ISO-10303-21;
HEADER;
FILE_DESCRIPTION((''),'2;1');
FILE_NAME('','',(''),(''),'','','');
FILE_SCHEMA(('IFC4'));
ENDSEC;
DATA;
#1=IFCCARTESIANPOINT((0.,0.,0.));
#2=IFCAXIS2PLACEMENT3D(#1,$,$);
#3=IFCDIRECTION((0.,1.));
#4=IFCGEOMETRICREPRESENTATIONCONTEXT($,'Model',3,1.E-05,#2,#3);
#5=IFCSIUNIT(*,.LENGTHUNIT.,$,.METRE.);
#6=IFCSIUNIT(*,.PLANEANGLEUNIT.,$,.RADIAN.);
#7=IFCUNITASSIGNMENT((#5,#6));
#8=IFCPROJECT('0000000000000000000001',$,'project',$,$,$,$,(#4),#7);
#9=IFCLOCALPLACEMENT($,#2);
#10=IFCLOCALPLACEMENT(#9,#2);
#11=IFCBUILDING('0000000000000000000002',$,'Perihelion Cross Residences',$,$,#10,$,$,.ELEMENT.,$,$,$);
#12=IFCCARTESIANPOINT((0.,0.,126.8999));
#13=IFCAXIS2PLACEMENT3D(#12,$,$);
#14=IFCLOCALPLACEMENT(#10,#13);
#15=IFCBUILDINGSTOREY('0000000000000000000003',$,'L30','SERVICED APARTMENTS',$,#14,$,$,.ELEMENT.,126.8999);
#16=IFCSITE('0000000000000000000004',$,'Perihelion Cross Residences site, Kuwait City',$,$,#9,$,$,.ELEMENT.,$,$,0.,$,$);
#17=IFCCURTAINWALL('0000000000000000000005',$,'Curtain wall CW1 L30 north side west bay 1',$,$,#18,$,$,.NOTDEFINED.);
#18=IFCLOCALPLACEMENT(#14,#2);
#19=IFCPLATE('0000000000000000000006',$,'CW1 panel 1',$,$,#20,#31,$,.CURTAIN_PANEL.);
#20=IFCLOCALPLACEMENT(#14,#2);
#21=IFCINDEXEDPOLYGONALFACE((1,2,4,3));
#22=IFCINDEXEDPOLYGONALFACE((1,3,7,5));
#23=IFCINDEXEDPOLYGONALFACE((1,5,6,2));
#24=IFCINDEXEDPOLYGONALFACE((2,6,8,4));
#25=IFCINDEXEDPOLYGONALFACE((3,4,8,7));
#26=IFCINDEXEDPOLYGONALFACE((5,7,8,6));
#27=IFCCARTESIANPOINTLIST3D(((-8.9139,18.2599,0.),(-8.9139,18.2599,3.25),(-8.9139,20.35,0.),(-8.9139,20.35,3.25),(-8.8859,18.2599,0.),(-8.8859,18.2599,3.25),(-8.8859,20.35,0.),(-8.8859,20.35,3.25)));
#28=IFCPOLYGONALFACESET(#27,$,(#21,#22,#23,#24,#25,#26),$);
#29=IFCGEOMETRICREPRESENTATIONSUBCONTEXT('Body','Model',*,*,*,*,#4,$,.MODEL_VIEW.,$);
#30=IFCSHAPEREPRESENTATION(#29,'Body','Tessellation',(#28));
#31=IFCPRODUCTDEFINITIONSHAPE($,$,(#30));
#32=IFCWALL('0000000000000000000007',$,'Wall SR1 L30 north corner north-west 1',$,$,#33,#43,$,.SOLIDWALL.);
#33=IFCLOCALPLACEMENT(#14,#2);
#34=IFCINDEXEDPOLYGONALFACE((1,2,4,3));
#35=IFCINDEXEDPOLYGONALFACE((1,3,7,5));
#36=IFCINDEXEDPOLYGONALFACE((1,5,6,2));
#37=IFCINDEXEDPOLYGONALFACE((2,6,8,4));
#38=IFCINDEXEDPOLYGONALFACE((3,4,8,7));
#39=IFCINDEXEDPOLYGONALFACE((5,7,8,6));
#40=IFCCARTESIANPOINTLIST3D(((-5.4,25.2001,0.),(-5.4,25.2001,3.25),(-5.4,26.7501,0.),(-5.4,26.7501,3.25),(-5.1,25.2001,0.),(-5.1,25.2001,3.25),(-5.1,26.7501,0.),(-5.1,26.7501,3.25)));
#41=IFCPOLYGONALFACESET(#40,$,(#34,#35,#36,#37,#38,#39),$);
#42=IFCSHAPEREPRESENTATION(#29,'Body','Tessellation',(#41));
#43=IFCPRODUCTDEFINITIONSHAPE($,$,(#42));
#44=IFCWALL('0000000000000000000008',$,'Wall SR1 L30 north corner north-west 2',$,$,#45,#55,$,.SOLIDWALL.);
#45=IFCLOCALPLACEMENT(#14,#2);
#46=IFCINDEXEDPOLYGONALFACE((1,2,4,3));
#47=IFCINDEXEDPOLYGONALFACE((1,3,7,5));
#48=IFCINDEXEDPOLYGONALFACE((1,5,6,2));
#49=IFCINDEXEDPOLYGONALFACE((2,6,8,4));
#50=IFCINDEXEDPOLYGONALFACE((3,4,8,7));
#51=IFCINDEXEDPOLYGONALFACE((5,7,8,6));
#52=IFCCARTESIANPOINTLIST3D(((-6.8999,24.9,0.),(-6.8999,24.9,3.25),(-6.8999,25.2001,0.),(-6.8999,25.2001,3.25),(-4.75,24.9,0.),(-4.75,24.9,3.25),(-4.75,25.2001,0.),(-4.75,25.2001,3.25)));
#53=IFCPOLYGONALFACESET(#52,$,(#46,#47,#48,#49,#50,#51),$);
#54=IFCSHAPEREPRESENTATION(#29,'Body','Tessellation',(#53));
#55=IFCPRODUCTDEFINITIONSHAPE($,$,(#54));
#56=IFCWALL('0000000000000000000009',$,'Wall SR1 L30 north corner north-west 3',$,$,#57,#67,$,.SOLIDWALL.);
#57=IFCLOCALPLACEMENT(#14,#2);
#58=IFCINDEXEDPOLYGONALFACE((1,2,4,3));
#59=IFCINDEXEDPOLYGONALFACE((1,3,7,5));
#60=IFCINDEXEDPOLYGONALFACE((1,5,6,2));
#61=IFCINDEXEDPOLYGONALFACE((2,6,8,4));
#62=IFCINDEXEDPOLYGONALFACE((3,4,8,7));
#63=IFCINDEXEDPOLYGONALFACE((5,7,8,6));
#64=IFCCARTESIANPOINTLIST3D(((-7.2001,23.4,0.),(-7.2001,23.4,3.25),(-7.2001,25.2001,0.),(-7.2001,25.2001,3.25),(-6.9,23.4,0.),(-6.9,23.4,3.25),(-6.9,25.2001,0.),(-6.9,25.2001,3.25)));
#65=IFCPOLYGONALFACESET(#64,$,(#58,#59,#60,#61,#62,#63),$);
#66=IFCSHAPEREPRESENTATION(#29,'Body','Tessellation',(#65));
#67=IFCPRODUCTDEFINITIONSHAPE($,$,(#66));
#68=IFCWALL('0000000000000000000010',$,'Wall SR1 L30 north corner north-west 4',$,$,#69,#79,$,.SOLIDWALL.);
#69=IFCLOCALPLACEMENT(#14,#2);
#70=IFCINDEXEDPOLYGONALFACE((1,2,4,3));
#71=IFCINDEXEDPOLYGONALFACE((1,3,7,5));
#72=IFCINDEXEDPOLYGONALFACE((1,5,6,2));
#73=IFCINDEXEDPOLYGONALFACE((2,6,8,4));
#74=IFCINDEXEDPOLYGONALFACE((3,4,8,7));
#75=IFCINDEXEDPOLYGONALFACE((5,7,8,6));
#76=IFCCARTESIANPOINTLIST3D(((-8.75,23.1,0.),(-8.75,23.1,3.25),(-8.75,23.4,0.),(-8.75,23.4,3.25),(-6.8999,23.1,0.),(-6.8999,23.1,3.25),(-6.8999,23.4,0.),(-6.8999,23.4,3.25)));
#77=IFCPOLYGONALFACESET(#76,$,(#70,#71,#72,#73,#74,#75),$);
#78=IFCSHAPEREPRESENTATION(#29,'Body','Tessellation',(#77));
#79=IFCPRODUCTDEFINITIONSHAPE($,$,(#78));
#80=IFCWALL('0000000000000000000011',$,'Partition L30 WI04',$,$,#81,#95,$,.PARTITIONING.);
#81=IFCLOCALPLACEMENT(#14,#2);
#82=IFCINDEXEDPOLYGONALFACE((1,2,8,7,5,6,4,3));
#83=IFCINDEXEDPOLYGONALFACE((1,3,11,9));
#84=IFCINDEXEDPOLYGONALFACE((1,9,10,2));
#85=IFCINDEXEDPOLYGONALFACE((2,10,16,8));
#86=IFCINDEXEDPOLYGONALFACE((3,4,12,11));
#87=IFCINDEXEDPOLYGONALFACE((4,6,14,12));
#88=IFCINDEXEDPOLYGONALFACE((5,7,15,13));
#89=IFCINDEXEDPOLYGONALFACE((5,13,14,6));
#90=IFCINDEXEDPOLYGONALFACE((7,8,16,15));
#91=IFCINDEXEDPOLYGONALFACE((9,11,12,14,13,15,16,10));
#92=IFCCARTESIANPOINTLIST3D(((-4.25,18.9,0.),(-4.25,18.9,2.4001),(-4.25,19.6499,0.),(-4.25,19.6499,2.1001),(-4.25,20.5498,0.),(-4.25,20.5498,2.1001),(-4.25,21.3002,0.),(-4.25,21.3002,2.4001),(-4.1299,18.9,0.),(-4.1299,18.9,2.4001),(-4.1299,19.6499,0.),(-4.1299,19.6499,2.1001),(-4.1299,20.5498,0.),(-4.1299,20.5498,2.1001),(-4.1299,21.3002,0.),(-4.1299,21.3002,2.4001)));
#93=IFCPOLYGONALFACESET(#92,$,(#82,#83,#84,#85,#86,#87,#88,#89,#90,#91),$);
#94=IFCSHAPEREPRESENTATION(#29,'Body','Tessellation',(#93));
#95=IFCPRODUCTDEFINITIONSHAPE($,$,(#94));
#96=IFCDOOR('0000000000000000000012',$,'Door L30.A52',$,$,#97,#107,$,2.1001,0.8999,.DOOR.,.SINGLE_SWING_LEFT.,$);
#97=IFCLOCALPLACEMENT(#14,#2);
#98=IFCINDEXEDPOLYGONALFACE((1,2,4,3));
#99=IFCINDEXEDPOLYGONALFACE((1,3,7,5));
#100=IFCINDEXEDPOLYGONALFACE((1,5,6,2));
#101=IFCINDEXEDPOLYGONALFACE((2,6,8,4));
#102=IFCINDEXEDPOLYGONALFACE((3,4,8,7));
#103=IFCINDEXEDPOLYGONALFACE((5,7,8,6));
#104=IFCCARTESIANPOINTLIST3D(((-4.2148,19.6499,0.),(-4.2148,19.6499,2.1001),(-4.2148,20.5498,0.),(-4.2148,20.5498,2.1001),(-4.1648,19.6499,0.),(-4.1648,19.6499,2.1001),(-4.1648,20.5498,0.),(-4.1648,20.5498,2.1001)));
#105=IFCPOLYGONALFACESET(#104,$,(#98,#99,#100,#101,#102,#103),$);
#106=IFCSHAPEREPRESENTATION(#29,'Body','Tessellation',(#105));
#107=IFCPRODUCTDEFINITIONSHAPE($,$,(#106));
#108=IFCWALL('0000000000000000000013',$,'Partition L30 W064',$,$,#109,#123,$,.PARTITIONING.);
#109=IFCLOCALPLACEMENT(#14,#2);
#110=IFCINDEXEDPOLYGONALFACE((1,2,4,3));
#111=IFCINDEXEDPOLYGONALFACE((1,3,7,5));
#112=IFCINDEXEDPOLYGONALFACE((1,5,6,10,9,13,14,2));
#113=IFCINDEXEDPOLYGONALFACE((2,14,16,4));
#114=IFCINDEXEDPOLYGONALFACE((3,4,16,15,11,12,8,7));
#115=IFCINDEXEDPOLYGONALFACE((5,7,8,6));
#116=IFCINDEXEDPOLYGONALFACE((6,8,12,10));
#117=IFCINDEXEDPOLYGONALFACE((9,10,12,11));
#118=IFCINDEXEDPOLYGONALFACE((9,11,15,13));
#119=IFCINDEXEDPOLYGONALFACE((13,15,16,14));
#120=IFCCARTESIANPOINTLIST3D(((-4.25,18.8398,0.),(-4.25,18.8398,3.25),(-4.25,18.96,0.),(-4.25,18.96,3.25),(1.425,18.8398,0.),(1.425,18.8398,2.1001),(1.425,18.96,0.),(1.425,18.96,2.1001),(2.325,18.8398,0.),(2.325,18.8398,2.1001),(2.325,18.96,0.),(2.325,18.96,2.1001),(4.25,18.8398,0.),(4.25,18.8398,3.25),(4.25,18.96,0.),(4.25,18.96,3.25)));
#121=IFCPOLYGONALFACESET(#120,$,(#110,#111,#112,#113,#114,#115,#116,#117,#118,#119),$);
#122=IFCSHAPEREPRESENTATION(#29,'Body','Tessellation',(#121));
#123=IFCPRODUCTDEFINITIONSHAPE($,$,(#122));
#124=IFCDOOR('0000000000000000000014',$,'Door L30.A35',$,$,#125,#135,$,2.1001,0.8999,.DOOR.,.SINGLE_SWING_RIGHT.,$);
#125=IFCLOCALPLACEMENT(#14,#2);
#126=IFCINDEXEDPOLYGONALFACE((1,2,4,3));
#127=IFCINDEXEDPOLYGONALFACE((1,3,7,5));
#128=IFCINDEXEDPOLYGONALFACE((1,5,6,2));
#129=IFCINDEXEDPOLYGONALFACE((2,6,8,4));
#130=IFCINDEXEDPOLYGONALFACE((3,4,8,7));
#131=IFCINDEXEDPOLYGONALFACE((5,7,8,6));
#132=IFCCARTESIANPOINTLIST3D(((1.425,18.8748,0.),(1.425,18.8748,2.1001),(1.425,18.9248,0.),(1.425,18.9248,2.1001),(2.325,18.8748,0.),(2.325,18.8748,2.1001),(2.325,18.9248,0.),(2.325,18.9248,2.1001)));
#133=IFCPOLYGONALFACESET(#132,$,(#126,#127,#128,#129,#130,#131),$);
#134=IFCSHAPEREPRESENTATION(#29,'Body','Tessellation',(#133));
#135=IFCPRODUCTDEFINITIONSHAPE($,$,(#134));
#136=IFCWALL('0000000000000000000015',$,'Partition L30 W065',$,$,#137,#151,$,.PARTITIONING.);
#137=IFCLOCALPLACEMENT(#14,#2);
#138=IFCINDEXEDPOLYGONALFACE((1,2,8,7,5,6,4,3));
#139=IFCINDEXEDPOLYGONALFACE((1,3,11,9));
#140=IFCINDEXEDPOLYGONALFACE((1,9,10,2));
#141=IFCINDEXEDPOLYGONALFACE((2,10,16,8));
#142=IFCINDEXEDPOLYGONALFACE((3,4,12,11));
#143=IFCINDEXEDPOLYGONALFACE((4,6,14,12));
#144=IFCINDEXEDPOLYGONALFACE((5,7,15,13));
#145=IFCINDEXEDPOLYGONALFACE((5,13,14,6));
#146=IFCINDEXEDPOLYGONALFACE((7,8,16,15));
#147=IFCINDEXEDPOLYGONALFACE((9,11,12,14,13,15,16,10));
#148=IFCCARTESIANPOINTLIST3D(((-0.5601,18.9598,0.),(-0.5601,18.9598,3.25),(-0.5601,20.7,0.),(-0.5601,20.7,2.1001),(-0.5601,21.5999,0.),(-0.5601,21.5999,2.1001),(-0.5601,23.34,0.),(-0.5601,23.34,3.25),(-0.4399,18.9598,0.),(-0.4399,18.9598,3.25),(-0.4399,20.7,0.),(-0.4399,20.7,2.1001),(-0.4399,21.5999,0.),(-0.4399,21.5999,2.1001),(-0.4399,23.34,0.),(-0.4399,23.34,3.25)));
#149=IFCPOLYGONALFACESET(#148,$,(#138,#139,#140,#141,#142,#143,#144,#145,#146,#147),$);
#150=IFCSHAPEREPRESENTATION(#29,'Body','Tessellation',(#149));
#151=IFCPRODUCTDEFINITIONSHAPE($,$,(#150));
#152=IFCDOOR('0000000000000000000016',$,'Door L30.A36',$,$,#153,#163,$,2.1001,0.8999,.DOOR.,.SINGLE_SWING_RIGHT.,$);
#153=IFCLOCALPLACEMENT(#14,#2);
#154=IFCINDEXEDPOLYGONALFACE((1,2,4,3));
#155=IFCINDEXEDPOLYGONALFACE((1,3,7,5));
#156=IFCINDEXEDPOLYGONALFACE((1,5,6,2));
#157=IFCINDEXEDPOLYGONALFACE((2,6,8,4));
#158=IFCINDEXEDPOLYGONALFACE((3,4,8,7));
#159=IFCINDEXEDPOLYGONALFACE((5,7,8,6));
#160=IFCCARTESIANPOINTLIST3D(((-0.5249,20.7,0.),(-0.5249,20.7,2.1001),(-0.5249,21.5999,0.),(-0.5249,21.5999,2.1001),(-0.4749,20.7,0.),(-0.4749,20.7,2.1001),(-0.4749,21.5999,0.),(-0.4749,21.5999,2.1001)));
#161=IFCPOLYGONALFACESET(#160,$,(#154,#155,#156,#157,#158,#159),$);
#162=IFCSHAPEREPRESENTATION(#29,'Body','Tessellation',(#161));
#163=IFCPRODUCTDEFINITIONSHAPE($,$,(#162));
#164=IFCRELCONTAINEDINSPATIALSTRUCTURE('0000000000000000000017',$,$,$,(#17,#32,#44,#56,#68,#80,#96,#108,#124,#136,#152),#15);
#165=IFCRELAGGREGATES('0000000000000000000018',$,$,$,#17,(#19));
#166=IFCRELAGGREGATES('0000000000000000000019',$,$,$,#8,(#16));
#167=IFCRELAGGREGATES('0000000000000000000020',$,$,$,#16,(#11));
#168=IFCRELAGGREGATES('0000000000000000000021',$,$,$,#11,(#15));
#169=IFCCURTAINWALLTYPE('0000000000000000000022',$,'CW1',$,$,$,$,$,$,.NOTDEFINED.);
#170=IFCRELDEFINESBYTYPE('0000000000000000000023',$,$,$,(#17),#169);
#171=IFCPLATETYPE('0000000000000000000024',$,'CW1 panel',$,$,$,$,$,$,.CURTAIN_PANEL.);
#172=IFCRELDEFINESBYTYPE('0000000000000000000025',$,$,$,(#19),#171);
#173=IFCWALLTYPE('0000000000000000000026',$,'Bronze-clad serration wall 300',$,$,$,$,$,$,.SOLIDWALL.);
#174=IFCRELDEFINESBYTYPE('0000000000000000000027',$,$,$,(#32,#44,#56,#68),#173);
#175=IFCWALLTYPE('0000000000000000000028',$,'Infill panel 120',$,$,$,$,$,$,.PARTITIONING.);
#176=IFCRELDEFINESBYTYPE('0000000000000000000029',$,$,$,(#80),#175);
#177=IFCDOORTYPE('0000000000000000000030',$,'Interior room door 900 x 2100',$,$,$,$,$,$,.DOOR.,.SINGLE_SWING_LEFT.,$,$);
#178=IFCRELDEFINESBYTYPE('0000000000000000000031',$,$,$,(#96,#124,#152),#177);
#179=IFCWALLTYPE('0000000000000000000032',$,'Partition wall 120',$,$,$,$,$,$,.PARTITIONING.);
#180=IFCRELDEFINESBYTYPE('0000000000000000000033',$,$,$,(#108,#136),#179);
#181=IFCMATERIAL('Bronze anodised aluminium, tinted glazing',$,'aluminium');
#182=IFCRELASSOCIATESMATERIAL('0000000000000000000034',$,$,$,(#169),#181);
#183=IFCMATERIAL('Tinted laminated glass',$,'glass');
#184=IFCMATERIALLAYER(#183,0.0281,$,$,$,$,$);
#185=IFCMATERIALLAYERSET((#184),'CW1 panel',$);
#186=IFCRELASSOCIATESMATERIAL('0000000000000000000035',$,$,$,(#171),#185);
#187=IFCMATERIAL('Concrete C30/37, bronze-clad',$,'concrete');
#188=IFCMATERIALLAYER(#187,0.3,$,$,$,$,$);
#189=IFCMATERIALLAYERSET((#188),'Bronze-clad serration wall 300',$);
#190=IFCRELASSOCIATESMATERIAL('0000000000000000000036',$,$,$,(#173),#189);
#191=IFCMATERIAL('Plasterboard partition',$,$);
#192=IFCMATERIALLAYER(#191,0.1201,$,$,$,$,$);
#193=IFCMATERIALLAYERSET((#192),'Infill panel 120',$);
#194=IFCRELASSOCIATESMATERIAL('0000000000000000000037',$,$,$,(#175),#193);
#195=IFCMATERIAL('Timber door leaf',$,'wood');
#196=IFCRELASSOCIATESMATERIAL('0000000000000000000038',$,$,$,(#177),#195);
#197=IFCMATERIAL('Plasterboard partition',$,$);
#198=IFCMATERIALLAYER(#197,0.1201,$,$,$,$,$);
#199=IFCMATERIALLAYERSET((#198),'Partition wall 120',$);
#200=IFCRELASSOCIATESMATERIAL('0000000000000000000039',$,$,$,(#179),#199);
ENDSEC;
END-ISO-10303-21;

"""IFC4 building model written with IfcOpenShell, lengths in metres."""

from ifc_helpers import new_model, si_unit, direction, frame, frame_2d, origin, origin_2d, place, context, subcontext, project, spatial, rectangle, extrude, material, layer, layer_set, type_object, element, fill, aggregate, save


model = new_model("IFC4")

# Units and contexts
model_context = context("Model", 3, precision=1e-05, world=origin(), true_north=direction((0.0, 1.0)))
body_context = subcontext(model_context, "Body", "Model", "MODEL_VIEW")
ifc_project = project(units=[si_unit("LENGTHUNIT", "METRE"), si_unit("PLANEANGLEUNIT", "RADIAN")], contexts=[model_context])

# Site, building, storey
site_placement = place(None, origin())
site = spatial("IfcSite", under=ifc_project, at=site_placement, Name="Perihelion Cross Residences site, Kuwait City", CompositionType="ELEMENT", RefElevation=0.0)
building_placement = place(site_placement, origin())
building = spatial("IfcBuilding", under=site, at=building_placement, Name="Perihelion Cross Residences", CompositionType="ELEMENT")
storey_placement = place(building_placement, frame((0.0, 0.0, 126.8999)))
storey = spatial("IfcBuildingStorey", under=building, at=storey_placement, Name="L30", Description="SERVICED APARTMENTS", CompositionType="ELEMENT", Elevation=126.8999)

# Curtain wall
ifc_material_1 = material(Name="Bronze anodised aluminium, tinted glazing", Category="aluminium")
curtain_wall_type = type_object("IfcCurtainWallType", Name="CW1", PredefinedType="NOTDEFINED", material=ifc_material_1)
curtain_wall_1_placement = place(storey_placement, origin())
curtain_wall_1 = element("IfcCurtainWall", 1, at=curtain_wall_1_placement, inside=storey, type_object=curtain_wall_type, Name="Curtain wall CW1 L30 north side west bay 1", PredefinedType="NOTDEFINED")

# Plate
ifc_material_2 = material(Name="Tinted laminated glass", Category="glass")
ifc_layer_1 = layer(ifc_material_2, 0.0281)
ifc_layer_set_1 = layer_set([ifc_layer_1], Name="CW1 panel")
plate_type = type_object("IfcPlateType", Name="CW1 panel", PredefinedType="CURTAIN_PANEL", material=ifc_layer_set_1)
plate_1_placement = place(storey_placement, frame((-8.8999, 19.3049, 0.0), z_axis=(0.0, 0.0, 1.0), x_axis=(0.0, -1.0, 0.0)))
plate_1 = element("IfcPlate", 2, at=plate_1_placement, type_object=plate_type, Name="CW1 panel 1", PredefinedType="CURTAIN_PANEL", context=body_context, shape_type="SweptSolid", body=[
    extrude(rectangle(XDim=2.0901, YDim=0.0281, at=origin_2d()), origin(), (0.0, 0.0, 1.0), 3.25),
])
aggregate(curtain_wall_1, [plate_1])

# Walls
ifc_material_3 = material(Name="Concrete C30/37, bronze-clad", Category="concrete")
ifc_layer_2 = layer(ifc_material_3, 0.3)
ifc_layer_set_2 = layer_set([ifc_layer_2], Name="Bronze-clad serration wall 300")
wall_type_1 = type_object("IfcWallType", Name="Bronze-clad serration wall 300", PredefinedType="SOLIDWALL", material=ifc_layer_set_2)
wall_1_placement = place(storey_placement, frame((-5.25, 26.75, 0.0), z_axis=(0.0, 0.0, 1.0), x_axis=(0.0, -1.0, 0.0)))
element("IfcWall", 3, at=wall_1_placement, inside=storey, type_object=wall_type_1, Name="Wall SR1 L30 north corner north-west 1", PredefinedType="SOLIDWALL", context=body_context, shape_type="SweptSolid", body=[
    extrude(rectangle(XDim=1.55, YDim=0.3, at=frame_2d((0.7749, 0.0))), origin(), (0.0, 0.0, 1.0), 3.25),
])
wall_2_placement = place(storey_placement, frame((-4.75, 25.05, 0.0), z_axis=(0.0, 0.0, 1.0), x_axis=(-1.0, 0.0, 0.0)))
element("IfcWall", 4, at=wall_2_placement, inside=storey, type_object=wall_type_1, Name="Wall SR1 L30 north corner north-west 2", PredefinedType="SOLIDWALL", context=body_context, shape_type="SweptSolid", body=[
    extrude(rectangle(XDim=2.1499, YDim=0.3, at=frame_2d((1.075, 0.0))), origin(), (0.0, 0.0, 1.0), 3.25),
])
wall_3_placement = place(storey_placement, frame((-7.05, 25.2, 0.0), z_axis=(0.0, 0.0, 1.0), x_axis=(0.0, -1.0, 0.0)))
element("IfcWall", 5, at=wall_3_placement, inside=storey, type_object=wall_type_1, Name="Wall SR1 L30 north corner north-west 3", PredefinedType="SOLIDWALL", context=body_context, shape_type="SweptSolid", body=[
    extrude(rectangle(XDim=1.8, YDim=0.3, at=frame_2d((0.8999, 0.0))), origin(), (0.0, 0.0, 1.0), 3.25),
])
wall_4_placement = place(storey_placement, frame((-6.8999, 23.25, 0.0), z_axis=(0.0, 0.0, 1.0), x_axis=(-1.0, 0.0, 0.0)))
element("IfcWall", 6, at=wall_4_placement, inside=storey, type_object=wall_type_1, Name="Wall SR1 L30 north corner north-west 4", PredefinedType="SOLIDWALL", context=body_context, shape_type="SweptSolid", body=[
    extrude(rectangle(XDim=1.8501, YDim=0.3, at=frame_2d((0.925, 0.0))), origin(), (0.0, 0.0, 1.0), 3.25),
])

# Walls, openings, doors
ifc_material_4 = material(Name="Plasterboard partition")
ifc_layer_3 = layer(ifc_material_4, 0.1201)
ifc_layer_set_3 = layer_set([ifc_layer_3], Name="Infill panel 120")
wall_type_2 = type_object("IfcWallType", Name="Infill panel 120", PredefinedType="PARTITIONING", material=ifc_layer_set_3)
wall_5_placement = place(storey_placement, frame((-4.1899, 18.8999, 0.0), z_axis=(0.0, 0.0, 1.0), x_axis=(0.0, 1.0, 0.0)))
wall_5 = element("IfcWall", 7, at=wall_5_placement, inside=storey, type_object=wall_type_2, Name="Partition L30 WI04", PredefinedType="PARTITIONING", context=body_context, shape_type="SweptSolid", body=[
    extrude(rectangle(XDim=2.4001, YDim=0.1201, at=frame_2d((1.2002, 0.0))), origin(), (0.0, 0.0, 1.0), 2.4001),
])
opening_1_placement = place(wall_5_placement, frame((0.75, 0.0, 0.0)))
opening_1 = element("IfcOpeningElement", 8, at=opening_1_placement, cuts=wall_5, PredefinedType="OPENING", context=body_context, shape_type="SweptSolid", body=[
    extrude(rectangle(XDim=0.8999, YDim=2.1001, at=frame_2d((0.45, 1.05))), frame((0.0, 0.0701, 0.0), z_axis=(0.0, -1.0, 0.0), x_axis=(1.0, 0.0, 0.0)), (0.0, 0.0, 1.0), 0.1401),
])
ifc_material_5 = material(Name="Timber door leaf", Category="wood")
door_type_1 = type_object("IfcDoorType", Name="Interior room door 900 x 2100", OperationType="SINGLE_SWING_LEFT", PredefinedType="DOOR", material=ifc_material_5)
door_1_placement = place(opening_1_placement, origin())
door_1 = element("IfcDoor", 9, at=door_1_placement, inside=storey, type_object=door_type_1, Name="Door L30.A52", OperationType="SINGLE_SWING_LEFT", OverallHeight=2.1001, OverallWidth=0.8999, PredefinedType="DOOR", context=body_context, shape_type="SweptSolid", body=[
    extrude(rectangle(XDim=0.8999, YDim=2.1001, at=frame_2d((0.45, 1.05))), frame((0.0, 0.0249, 0.0), z_axis=(0.0, -1.0, 0.0), x_axis=(1.0, 0.0, 0.0)), (0.0, 0.0, 1.0), 0.05),
])
fill(opening_1, door_1)
ifc_material_6 = material(Name="Plasterboard partition")
ifc_layer_4 = layer(ifc_material_6, 0.1201)
ifc_layer_set_4 = layer_set([ifc_layer_4], Name="Partition wall 120")
wall_type_3 = type_object("IfcWallType", Name="Partition wall 120", PredefinedType="PARTITIONING", material=ifc_layer_set_4)
wall_6_placement = place(storey_placement, frame((-4.25, 18.8999, 0.0), z_axis=(0.0, 0.0, 1.0), x_axis=(1.0, 0.0, 0.0)))
wall_6 = element("IfcWall", 10, at=wall_6_placement, inside=storey, type_object=wall_type_3, Name="Partition L30 W064", PredefinedType="PARTITIONING", context=body_context, shape_type="SweptSolid", body=[
    extrude(rectangle(XDim=8.5, YDim=0.1201, at=frame_2d((4.25, 0.0))), origin(), (0.0, 0.0, 1.0), 3.25),
])
opening_2_placement = place(wall_6_placement, frame((5.675, 0.0, 0.0)))
opening_2 = element("IfcOpeningElement", 11, at=opening_2_placement, cuts=wall_6, PredefinedType="OPENING", context=body_context, shape_type="SweptSolid", body=[
    extrude(rectangle(XDim=0.8999, YDim=2.1001, at=frame_2d((0.45, 1.05))), frame((0.0, 0.0701, 0.0), z_axis=(0.0, -1.0, 0.0), x_axis=(1.0, 0.0, 0.0)), (0.0, 0.0, 1.0), 0.1401),
])
door_2_placement = place(opening_2_placement, origin())
door_2 = element("IfcDoor", 12, at=door_2_placement, inside=storey, type_object=door_type_1, Name="Door L30.A35", OperationType="SINGLE_SWING_RIGHT", OverallHeight=2.1001, OverallWidth=0.8999, PredefinedType="DOOR", context=body_context, shape_type="SweptSolid", body=[
    extrude(rectangle(XDim=0.8999, YDim=2.1001, at=frame_2d((0.45, 1.05))), frame((0.0, 0.0249, 0.0), z_axis=(0.0, -1.0, 0.0), x_axis=(1.0, 0.0, 0.0)), (0.0, 0.0, 1.0), 0.05),
])
fill(opening_2, door_2)
wall_7_placement = place(storey_placement, frame((-0.5, 18.96, 0.0), z_axis=(0.0, 0.0, 1.0), x_axis=(0.0, 1.0, 0.0)))
wall_7 = element("IfcWall", 13, at=wall_7_placement, inside=storey, type_object=wall_type_3, Name="Partition L30 W065", PredefinedType="PARTITIONING", context=body_context, shape_type="SweptSolid", body=[
    extrude(rectangle(XDim=4.3801, YDim=0.1201, at=frame_2d((2.1899, 0.0))), origin(), (0.0, 0.0, 1.0), 3.25),
])
opening_3_placement = place(wall_7_placement, frame((1.74, 0.0, 0.0)))
opening_3 = element("IfcOpeningElement", 14, at=opening_3_placement, cuts=wall_7, PredefinedType="OPENING", context=body_context, shape_type="SweptSolid", body=[
    extrude(rectangle(XDim=0.8999, YDim=2.1001, at=frame_2d((0.45, 1.05))), frame((0.0, 0.0701, 0.0), z_axis=(0.0, -1.0, 0.0), x_axis=(1.0, 0.0, 0.0)), (0.0, 0.0, 1.0), 0.1401),
])
door_3_placement = place(opening_3_placement, origin())
door_3 = element("IfcDoor", 15, at=door_3_placement, inside=storey, type_object=door_type_1, Name="Door L30.A36", OperationType="SINGLE_SWING_RIGHT", OverallHeight=2.1001, OverallWidth=0.8999, PredefinedType="DOOR", context=body_context, shape_type="SweptSolid", body=[
    extrude(rectangle(XDim=0.8999, YDim=2.1001, at=frame_2d((0.45, 1.05))), frame((0.0, 0.0249, 0.0), z_axis=(0.0, -1.0, 0.0), x_axis=(1.0, 0.0, 0.0)), (0.0, 0.0, 1.0), 0.05),
])
fill(opening_3, door_3)

save(model, "model.ifc")
